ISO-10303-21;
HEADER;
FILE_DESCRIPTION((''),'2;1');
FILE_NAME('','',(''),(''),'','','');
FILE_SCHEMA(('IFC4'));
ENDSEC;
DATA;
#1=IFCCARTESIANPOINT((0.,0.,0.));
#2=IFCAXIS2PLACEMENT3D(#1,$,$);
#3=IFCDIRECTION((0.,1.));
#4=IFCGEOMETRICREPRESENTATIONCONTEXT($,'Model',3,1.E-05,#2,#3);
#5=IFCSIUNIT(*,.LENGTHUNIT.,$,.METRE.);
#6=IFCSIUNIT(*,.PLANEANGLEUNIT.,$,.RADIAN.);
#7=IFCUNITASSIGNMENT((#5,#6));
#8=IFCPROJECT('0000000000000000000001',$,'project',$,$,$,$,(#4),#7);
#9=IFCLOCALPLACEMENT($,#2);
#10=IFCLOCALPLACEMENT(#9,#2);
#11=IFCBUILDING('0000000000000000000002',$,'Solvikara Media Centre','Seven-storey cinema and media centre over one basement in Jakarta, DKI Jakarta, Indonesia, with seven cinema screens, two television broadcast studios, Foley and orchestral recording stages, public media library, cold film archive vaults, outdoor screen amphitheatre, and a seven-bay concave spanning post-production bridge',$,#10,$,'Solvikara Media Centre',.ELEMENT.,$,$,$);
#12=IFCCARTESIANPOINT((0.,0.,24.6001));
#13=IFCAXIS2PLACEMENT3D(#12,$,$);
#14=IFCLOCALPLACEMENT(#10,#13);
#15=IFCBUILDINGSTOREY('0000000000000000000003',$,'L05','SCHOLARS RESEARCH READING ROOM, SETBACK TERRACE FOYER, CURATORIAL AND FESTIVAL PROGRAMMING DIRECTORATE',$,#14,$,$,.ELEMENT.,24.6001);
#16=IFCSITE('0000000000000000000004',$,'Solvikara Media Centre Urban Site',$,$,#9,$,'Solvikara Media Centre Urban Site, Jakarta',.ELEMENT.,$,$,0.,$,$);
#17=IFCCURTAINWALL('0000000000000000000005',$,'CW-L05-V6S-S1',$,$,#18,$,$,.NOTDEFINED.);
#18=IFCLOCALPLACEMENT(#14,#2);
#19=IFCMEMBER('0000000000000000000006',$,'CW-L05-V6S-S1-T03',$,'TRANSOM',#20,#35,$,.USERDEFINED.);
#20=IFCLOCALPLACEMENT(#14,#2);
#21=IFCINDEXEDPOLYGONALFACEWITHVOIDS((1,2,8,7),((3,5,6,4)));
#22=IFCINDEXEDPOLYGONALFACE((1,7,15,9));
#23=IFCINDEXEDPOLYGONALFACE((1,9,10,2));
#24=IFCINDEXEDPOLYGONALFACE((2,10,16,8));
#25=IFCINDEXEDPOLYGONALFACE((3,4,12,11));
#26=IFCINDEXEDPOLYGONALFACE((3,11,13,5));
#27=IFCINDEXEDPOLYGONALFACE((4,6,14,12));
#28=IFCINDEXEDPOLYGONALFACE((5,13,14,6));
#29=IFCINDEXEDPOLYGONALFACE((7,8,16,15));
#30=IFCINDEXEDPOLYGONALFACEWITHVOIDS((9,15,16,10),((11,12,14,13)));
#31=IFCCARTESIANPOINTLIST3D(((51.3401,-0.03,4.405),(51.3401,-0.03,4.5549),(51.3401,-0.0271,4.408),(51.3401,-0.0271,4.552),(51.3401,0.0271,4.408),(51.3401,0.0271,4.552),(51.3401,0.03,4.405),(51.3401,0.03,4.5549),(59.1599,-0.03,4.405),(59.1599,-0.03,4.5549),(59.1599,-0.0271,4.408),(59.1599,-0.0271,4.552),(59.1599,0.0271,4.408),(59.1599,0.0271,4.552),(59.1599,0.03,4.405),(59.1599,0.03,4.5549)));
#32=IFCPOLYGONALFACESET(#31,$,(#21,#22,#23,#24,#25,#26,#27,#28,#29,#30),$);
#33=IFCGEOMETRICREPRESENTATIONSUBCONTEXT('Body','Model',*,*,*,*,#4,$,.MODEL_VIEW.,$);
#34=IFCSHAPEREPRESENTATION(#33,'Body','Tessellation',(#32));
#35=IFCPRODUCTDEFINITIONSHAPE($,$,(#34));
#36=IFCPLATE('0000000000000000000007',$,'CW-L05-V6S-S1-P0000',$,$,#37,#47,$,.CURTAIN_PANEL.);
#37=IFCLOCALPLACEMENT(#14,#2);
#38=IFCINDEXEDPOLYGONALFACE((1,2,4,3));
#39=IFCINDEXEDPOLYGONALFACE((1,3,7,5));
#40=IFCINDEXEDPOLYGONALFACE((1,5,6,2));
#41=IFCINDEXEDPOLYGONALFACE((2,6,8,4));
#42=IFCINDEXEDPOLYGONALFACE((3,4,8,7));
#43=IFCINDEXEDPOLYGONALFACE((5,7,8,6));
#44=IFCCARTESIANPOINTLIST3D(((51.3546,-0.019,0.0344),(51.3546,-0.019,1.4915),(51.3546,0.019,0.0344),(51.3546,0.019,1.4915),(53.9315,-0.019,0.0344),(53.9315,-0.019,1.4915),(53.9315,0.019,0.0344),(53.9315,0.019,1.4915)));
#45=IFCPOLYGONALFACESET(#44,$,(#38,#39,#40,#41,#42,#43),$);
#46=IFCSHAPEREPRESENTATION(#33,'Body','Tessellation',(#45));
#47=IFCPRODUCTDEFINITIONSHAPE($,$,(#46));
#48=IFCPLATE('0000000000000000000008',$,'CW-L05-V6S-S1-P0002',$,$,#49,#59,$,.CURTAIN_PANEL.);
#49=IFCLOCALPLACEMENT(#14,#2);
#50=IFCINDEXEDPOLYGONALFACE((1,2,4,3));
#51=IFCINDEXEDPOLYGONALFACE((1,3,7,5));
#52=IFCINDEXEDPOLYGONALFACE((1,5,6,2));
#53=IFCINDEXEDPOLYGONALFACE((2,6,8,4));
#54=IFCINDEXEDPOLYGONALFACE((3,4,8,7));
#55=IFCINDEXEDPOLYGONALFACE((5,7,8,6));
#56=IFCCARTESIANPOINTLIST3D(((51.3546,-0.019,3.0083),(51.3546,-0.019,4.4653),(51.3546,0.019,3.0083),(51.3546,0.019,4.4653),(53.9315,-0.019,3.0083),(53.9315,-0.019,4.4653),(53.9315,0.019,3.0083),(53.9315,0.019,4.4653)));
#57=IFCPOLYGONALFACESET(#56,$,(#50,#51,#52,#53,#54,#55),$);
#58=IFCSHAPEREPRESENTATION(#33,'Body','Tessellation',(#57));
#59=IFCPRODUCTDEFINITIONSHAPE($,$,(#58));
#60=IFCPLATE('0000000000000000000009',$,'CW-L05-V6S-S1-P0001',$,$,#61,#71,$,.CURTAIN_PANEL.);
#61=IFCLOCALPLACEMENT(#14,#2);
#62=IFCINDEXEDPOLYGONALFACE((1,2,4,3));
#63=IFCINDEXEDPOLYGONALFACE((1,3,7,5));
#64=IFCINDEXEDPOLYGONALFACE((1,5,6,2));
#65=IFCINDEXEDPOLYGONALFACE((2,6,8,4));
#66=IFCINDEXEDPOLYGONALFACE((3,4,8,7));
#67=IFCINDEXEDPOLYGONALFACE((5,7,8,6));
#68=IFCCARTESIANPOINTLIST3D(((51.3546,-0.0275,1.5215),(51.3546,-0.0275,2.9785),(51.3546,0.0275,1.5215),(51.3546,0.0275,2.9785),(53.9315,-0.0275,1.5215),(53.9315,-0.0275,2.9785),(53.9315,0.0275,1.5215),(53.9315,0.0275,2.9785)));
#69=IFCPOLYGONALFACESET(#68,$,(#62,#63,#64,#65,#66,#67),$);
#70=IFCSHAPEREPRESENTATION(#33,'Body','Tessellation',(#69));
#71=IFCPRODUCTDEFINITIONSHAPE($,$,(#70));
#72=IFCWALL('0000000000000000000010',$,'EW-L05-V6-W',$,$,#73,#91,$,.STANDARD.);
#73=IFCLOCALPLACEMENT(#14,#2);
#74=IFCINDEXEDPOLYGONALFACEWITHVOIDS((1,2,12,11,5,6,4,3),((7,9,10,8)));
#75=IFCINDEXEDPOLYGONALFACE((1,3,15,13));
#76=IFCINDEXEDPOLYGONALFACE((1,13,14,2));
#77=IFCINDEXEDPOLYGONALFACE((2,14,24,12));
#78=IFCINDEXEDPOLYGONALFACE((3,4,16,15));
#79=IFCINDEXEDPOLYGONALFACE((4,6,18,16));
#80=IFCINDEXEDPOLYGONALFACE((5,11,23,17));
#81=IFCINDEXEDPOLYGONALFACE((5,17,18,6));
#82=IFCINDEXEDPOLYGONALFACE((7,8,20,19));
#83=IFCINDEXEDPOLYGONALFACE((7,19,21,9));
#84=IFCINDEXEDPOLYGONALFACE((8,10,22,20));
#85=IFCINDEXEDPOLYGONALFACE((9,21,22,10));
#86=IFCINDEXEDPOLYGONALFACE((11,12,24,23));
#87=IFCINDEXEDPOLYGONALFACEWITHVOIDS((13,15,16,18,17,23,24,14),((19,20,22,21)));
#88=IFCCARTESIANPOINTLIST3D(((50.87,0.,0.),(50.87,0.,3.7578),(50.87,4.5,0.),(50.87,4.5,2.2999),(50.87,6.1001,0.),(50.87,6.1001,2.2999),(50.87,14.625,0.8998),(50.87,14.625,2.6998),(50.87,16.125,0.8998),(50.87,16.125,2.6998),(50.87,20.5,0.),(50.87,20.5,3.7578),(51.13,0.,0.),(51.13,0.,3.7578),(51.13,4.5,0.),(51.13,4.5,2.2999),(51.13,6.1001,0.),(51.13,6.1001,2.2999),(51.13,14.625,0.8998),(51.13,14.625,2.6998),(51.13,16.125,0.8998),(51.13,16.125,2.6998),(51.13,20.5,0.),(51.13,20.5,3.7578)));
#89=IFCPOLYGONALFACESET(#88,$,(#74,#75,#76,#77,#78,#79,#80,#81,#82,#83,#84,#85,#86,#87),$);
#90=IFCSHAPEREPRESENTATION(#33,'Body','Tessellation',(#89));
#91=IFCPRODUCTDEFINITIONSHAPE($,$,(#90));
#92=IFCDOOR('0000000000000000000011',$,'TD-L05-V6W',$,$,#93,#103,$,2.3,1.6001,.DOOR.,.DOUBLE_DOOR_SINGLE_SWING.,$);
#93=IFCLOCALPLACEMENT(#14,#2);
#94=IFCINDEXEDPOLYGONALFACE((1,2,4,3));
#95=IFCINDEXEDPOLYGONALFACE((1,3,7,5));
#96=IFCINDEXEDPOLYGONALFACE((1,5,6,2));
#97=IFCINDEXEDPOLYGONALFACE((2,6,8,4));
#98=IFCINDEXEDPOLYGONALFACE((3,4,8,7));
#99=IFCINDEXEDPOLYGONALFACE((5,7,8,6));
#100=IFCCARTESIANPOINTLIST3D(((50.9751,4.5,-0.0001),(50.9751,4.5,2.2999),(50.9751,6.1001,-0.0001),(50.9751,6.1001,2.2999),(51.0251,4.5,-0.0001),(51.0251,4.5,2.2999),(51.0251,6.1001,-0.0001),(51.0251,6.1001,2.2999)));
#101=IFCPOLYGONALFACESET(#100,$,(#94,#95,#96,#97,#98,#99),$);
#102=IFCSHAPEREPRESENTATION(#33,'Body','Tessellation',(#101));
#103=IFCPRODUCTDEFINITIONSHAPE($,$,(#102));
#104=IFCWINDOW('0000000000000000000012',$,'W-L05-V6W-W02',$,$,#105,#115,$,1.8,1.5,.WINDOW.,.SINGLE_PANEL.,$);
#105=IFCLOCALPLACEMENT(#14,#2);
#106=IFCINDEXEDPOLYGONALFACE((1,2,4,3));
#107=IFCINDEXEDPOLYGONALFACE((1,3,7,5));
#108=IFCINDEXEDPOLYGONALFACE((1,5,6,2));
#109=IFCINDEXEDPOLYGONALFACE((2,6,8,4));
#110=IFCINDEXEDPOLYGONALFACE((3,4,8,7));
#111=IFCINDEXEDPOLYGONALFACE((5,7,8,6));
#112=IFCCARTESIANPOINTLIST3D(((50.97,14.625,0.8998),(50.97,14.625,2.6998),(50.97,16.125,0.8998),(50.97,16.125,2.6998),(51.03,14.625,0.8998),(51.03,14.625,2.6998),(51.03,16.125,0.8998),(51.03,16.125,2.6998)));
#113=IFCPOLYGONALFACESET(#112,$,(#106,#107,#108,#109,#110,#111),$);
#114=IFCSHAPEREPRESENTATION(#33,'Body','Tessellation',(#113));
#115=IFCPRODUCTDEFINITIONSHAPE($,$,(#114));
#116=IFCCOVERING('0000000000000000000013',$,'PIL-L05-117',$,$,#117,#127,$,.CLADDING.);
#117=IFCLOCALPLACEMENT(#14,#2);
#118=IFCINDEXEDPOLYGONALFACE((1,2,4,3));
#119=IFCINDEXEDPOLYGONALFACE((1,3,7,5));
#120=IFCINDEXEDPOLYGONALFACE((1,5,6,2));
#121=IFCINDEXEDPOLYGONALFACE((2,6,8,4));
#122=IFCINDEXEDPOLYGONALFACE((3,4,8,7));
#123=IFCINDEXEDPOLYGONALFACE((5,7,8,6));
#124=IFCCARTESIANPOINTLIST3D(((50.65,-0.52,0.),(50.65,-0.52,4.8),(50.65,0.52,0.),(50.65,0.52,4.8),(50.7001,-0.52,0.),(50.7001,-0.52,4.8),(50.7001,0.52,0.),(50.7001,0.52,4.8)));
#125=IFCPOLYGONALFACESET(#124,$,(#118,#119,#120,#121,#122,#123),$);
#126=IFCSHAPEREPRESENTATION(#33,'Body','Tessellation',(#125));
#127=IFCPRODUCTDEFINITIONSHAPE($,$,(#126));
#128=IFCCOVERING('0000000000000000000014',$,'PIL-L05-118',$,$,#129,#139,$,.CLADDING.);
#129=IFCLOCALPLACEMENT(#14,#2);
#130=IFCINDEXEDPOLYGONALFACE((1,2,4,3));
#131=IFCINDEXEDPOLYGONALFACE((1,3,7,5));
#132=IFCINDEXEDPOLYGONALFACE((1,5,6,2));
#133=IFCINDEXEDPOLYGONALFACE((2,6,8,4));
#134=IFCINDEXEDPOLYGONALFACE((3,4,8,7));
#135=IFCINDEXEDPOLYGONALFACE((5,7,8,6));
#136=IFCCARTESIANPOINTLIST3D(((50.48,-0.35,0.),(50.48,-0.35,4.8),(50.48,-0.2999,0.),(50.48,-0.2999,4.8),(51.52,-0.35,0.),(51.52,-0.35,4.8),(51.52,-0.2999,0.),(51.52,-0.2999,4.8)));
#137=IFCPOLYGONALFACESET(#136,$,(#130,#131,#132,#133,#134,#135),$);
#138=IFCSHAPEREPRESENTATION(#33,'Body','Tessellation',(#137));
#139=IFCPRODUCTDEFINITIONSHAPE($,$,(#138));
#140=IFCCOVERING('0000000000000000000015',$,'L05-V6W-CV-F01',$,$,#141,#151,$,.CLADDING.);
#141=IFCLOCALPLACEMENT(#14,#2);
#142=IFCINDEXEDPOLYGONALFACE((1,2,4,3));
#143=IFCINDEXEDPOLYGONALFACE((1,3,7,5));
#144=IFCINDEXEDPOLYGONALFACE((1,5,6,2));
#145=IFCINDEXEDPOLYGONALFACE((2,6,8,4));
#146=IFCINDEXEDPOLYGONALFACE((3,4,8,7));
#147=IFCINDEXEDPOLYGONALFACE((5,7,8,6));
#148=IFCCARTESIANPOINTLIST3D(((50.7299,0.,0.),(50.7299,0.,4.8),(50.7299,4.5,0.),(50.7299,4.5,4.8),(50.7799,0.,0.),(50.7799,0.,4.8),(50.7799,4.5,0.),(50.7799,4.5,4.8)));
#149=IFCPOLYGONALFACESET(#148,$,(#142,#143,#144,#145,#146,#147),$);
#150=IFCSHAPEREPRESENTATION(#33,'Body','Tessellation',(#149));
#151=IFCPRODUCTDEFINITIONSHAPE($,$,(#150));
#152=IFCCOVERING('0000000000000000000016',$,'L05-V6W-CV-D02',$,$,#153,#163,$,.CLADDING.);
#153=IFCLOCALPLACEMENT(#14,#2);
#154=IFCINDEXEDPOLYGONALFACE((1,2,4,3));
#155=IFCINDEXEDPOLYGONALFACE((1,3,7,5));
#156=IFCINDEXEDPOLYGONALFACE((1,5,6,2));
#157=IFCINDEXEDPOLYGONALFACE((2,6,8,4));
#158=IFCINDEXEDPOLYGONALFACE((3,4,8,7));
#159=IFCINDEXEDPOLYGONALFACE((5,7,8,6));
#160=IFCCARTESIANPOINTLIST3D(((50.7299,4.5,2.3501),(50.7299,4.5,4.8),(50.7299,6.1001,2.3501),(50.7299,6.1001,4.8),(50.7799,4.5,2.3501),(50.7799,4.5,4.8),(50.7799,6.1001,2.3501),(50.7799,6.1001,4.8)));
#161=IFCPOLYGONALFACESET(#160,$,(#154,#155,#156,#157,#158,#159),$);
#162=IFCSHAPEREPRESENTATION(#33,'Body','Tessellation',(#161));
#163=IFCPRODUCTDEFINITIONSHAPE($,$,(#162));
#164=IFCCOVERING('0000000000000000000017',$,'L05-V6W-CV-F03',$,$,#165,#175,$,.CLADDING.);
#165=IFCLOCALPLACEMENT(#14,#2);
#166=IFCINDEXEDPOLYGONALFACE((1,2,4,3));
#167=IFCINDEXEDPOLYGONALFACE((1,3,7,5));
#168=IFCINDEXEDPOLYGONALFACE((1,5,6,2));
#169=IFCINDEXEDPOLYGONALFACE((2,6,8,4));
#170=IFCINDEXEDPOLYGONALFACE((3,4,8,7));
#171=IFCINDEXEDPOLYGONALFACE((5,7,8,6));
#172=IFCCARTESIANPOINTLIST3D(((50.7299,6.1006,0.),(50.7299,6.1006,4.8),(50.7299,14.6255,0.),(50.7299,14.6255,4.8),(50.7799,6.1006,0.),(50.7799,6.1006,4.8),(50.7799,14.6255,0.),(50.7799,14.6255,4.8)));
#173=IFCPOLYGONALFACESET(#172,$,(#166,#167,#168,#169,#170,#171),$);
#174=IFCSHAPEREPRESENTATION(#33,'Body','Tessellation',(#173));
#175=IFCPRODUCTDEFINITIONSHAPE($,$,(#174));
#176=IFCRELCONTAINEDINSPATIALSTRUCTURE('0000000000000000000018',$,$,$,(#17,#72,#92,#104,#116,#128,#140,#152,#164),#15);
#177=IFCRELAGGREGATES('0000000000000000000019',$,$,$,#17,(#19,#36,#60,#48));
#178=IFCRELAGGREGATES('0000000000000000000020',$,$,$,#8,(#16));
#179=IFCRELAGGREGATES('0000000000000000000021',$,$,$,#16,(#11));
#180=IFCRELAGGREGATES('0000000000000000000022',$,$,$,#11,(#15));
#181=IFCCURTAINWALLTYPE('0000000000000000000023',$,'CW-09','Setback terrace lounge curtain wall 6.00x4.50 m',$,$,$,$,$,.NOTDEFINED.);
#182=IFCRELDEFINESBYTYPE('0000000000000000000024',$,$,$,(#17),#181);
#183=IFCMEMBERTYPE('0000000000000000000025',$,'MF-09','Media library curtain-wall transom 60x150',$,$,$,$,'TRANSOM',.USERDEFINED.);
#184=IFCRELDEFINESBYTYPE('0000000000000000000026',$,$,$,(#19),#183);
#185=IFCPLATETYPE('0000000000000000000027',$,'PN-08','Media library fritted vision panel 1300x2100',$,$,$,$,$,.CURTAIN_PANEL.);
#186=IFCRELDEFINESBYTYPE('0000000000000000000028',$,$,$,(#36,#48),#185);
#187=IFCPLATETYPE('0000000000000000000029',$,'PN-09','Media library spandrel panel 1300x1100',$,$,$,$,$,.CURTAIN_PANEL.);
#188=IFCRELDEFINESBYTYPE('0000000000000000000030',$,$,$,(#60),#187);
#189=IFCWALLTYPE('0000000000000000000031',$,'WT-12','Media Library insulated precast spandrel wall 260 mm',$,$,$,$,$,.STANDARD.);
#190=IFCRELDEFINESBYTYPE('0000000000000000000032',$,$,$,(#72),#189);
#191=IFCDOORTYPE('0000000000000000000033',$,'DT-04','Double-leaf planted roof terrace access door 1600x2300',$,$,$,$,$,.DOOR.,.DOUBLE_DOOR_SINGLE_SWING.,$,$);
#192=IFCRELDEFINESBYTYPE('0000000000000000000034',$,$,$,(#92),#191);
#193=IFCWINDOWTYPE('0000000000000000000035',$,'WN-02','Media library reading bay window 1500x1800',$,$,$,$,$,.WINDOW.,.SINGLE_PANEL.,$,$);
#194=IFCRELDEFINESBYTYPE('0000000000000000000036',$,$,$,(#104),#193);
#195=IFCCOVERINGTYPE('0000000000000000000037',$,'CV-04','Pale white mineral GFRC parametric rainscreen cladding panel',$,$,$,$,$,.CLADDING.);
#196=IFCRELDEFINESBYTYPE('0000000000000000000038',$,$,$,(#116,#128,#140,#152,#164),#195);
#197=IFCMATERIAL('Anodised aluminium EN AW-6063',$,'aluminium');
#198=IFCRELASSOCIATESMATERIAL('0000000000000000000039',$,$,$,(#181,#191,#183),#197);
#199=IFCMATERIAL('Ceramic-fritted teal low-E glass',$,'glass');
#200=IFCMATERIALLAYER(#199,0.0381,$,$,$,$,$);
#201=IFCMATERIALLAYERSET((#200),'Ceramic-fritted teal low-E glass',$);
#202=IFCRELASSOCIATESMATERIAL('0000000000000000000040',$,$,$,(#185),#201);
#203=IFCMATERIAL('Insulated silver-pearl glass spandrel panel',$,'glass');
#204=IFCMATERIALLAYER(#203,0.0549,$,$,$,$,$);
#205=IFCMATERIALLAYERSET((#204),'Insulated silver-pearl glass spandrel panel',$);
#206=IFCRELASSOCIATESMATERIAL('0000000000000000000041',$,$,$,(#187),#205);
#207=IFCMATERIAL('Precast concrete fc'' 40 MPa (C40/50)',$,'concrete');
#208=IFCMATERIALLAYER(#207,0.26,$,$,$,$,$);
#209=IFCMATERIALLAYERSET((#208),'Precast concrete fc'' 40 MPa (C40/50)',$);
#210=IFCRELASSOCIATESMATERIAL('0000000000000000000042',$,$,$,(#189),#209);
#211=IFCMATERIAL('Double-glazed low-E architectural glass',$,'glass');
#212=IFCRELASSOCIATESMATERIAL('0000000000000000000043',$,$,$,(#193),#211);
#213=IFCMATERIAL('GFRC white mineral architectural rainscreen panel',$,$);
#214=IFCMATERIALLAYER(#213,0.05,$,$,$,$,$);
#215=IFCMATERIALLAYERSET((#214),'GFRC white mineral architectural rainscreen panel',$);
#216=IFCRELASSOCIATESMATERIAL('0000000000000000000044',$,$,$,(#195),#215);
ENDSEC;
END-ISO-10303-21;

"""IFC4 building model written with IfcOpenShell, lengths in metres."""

from ifc_helpers import new_model, si_unit, direction, frame, frame_2d, origin, origin_2d, place, context, subcontext, project, spatial, rectangle, hollow_rectangle, extrude, material, layer, layer_set, material_profile, profile_set, type_object, element, fill, aggregate, save


model = new_model("IFC4")

# Units and contexts
model_context = context("Model", 3, precision=1e-05, world=origin(), true_north=direction((0.0, 1.0)))
body_context = subcontext(model_context, "Body", "Model", "MODEL_VIEW")
ifc_project = project(units=[si_unit("LENGTHUNIT", "METRE"), si_unit("PLANEANGLEUNIT", "RADIAN")], contexts=[model_context])

# Site, building, storey
site_placement = place(None, origin())
site = spatial("IfcSite", under=ifc_project, at=site_placement, Name="Solvikara Media Centre Urban Site", LongName="Solvikara Media Centre Urban Site, Jakarta", CompositionType="ELEMENT", RefElevation=0.0)
building_placement = place(site_placement, origin())
building = spatial("IfcBuilding", under=site, at=building_placement, Name="Solvikara Media Centre", Description="Seven-storey cinema and media centre over one basement in Jakarta, DKI Jakarta, Indonesia, with seven cinema screens, two television broadcast studios, Foley and orchestral recording stages, public media library, cold film archive vaults, outdoor screen amphitheatre, and a seven-bay concave spanning post-production bridge", LongName="Solvikara Media Centre", CompositionType="ELEMENT")
storey_placement = place(building_placement, frame((0.0, 0.0, 24.6001)))
storey = spatial("IfcBuildingStorey", under=building, at=storey_placement, Name="L05", Description="SCHOLARS RESEARCH READING ROOM, SETBACK TERRACE FOYER, CURATORIAL AND FESTIVAL PROGRAMMING DIRECTORATE", CompositionType="ELEMENT", Elevation=24.6001)

# Curtain wall, member, plates
ifc_material_1 = material(Name="Anodised aluminium EN AW-6063", Category="aluminium")
curtain_wall_type = type_object("IfcCurtainWallType", Name="CW-09", Description="Setback terrace lounge curtain wall 6.00x4.50 m", PredefinedType="NOTDEFINED", material=ifc_material_1)
curtain_wall_placement = place(storey_placement, origin())
curtain_wall = element("IfcCurtainWall", 1, at=curtain_wall_placement, inside=storey, type_object=curtain_wall_type, Name="CW-L05-V6S-S1", PredefinedType="NOTDEFINED")
ifc_material_profile_1 = material_profile(ifc_material_1, hollow_rectangle(XDim=0.0601, YDim=0.1499, WallThickness=0.0029, at=origin_2d()), Name="ALU-T 60x150x3")
ifc_profile_set_1 = profile_set([ifc_material_profile_1], Name="Anodised aluminium EN AW-6063")
member_type_1 = type_object("IfcMemberType", Name="MF-09", Description="Media library curtain-wall transom 60x150", ElementType="TRANSOM", PredefinedType="USERDEFINED", material=ifc_profile_set_1)
member_1_placement = place(storey_placement, frame((51.3401, 0.0, 4.48), z_axis=(1.0, 0.0, 0.0), x_axis=(0.0, 1.0, 0.0)))
member_1 = element("IfcMember", 2, at=member_1_placement, type_object=member_type_1, Name="CW-L05-V6S-S1-T03", ObjectType="TRANSOM", PredefinedType="USERDEFINED", context=body_context, shape_type="SweptSolid", body=[
    extrude(hollow_rectangle(XDim=0.0601, YDim=0.1499, WallThickness=0.0029, at=origin_2d()), origin(), (0.0, 0.0, 1.0), 7.8198),
])
ifc_material_2 = material(Name="Ceramic-fritted teal low-E glass", Category="glass")
ifc_layer_1 = layer(ifc_material_2, 0.0381)
ifc_layer_set_1 = layer_set([ifc_layer_1], Name="Ceramic-fritted teal low-E glass")
plate_type_1 = type_object("IfcPlateType", Name="PN-08", Description="Media library fritted vision panel 1300x2100", PredefinedType="CURTAIN_PANEL", material=ifc_layer_set_1)
plate_1_placement = place(storey_placement, frame((52.6431, 0.0, 0.0344), z_axis=(0.0, 0.0, 1.0), x_axis=(1.0, 0.0, 0.0)))
plate_1 = element("IfcPlate", 3, at=plate_1_placement, type_object=plate_type_1, Name="CW-L05-V6S-S1-P0000", PredefinedType="CURTAIN_PANEL", context=body_context, shape_type="SweptSolid", body=[
    extrude(rectangle(XDim=2.5769, YDim=0.0381, at=origin_2d()), origin(), (0.0, 0.0, 1.0), 1.457),
])
plate_2_placement = place(storey_placement, frame((52.6431, 0.0, 3.0083), z_axis=(0.0, 0.0, 1.0), x_axis=(1.0, 0.0, 0.0)))
plate_2 = element("IfcPlate", 4, at=plate_2_placement, type_object=plate_type_1, Name="CW-L05-V6S-S1-P0002", PredefinedType="CURTAIN_PANEL", context=body_context, shape_type="SweptSolid", body=[
    extrude(rectangle(XDim=2.5769, YDim=0.0381, at=origin_2d()), origin(), (0.0, 0.0, 1.0), 1.457),
])
ifc_material_3 = material(Name="Insulated silver-pearl glass spandrel panel", Category="glass")
ifc_layer_2 = layer(ifc_material_3, 0.0549)
ifc_layer_set_2 = layer_set([ifc_layer_2], Name="Insulated silver-pearl glass spandrel panel")
plate_type_2 = type_object("IfcPlateType", Name="PN-09", Description="Media library spandrel panel 1300x1100", PredefinedType="CURTAIN_PANEL", material=ifc_layer_set_2)
plate_3_placement = place(storey_placement, frame((52.6431, 0.0, 1.5215), z_axis=(0.0, 0.0, 1.0), x_axis=(1.0, 0.0, 0.0)))
plate_3 = element("IfcPlate", 5, at=plate_3_placement, type_object=plate_type_2, Name="CW-L05-V6S-S1-P0001", PredefinedType="CURTAIN_PANEL", context=body_context, shape_type="SweptSolid", body=[
    extrude(rectangle(XDim=2.5769, YDim=0.0549, at=origin_2d()), origin(), (0.0, 0.0, 1.0), 1.457),
])
aggregate(curtain_wall, [member_1, plate_1, plate_3, plate_2])

# Wall, openings, door, window
ifc_material_4 = material(Name="Precast concrete fc' 40 MPa (C40/50)", Category="concrete")
ifc_layer_3 = layer(ifc_material_4, 0.26)
ifc_layer_set_3 = layer_set([ifc_layer_3], Name="Precast concrete fc' 40 MPa (C40/50)")
wall_type = type_object("IfcWallType", Name="WT-12", Description="Media Library insulated precast spandrel wall 260 mm", PredefinedType="STANDARD", material=ifc_layer_set_3)
wall_placement = place(storey_placement, frame((51.0, 0.0, 0.0), z_axis=(0.0, 0.0, 1.0), x_axis=(0.0, 1.0, 0.0)))
wall = element("IfcWall", 6, at=wall_placement, inside=storey, type_object=wall_type, Name="EW-L05-V6-W", PredefinedType="STANDARD", context=body_context, shape_type="SweptSolid", body=[
    extrude(rectangle(XDim=20.5, YDim=0.26, at=frame_2d((10.25, 0.0))), origin(), (0.0, 0.0, 1.0), 3.7578),
])
opening_1_placement = place(wall_placement, frame((4.5, 0.0, 0.0)))
opening_1 = element("IfcOpeningElement", 7, at=opening_1_placement, cuts=wall, PredefinedType="OPENING", context=body_context, shape_type="SweptSolid", body=[
    extrude(rectangle(XDim=1.6001, YDim=2.3, at=frame_2d((0.8, 1.1499))), frame((0.0, 0.1421, 0.0), z_axis=(0.0, -1.0, 0.0), x_axis=(1.0, 0.0, 0.0)), (0.0, 0.0, 1.0), 0.2839),
])
opening_2_placement = place(wall_placement, frame((14.625, 0.0, 0.8999)))
opening_2 = element("IfcOpeningElement", 8, at=opening_2_placement, cuts=wall, PredefinedType="OPENING", context=body_context, shape_type="SweptSolid", body=[
    extrude(rectangle(XDim=1.5, YDim=1.8, at=frame_2d((0.75, 0.8999))), frame((0.0, 0.1421, 0.0), z_axis=(0.0, -1.0, 0.0), x_axis=(1.0, 0.0, 0.0)), (0.0, 0.0, 1.0), 0.2839),
])
door_type = type_object("IfcDoorType", Name="DT-04", Description="Double-leaf planted roof terrace access door 1600x2300", OperationType="DOUBLE_DOOR_SINGLE_SWING", PredefinedType="DOOR", material=ifc_material_1)
door_placement = place(opening_1_placement, origin())
door = element("IfcDoor", 9, at=door_placement, inside=storey, type_object=door_type, Name="TD-L05-V6W", OperationType="DOUBLE_DOOR_SINGLE_SWING", OverallHeight=2.3, OverallWidth=1.6001, PredefinedType="DOOR", context=body_context, shape_type="SweptSolid", body=[
    extrude(rectangle(XDim=1.6001, YDim=2.3, at=frame_2d((0.8, 1.1499))), frame((0.0, 0.0249, 0.0), z_axis=(0.0, -1.0, 0.0), x_axis=(1.0, 0.0, 0.0)), (0.0, 0.0, 1.0), 0.05),
])
fill(opening_1, door)
ifc_material_5 = material(Name="Double-glazed low-E architectural glass", Category="glass")
window_type = type_object("IfcWindowType", Name="WN-02", Description="Media library reading bay window 1500x1800", PartitioningType="SINGLE_PANEL", PredefinedType="WINDOW", material=ifc_material_5)
window_placement = place(opening_2_placement, origin())
window = element("IfcWindow", 10, at=window_placement, inside=storey, type_object=window_type, Name="W-L05-V6W-W02", OverallHeight=1.8, OverallWidth=1.5, PartitioningType="SINGLE_PANEL", PredefinedType="WINDOW", context=body_context, shape_type="SweptSolid", body=[
    extrude(rectangle(XDim=1.5, YDim=1.8, at=frame_2d((0.75, 0.8999))), frame((0.0, 0.03, 0.0), z_axis=(0.0, -1.0, 0.0), x_axis=(1.0, 0.0, 0.0)), (0.0, 0.0, 1.0), 0.0601),
])
fill(opening_2, window)

# Coverings
ifc_material_6 = material(Name="GFRC white mineral architectural rainscreen panel")
ifc_layer_4 = layer(ifc_material_6, 0.05)
ifc_layer_set_4 = layer_set([ifc_layer_4], Name="GFRC white mineral architectural rainscreen panel")
covering_type = type_object("IfcCoveringType", Name="CV-04", Description="Pale white mineral GFRC parametric rainscreen cladding panel", PredefinedType="CLADDING", material=ifc_layer_set_4)
for number, where, z_axis, x_axis, name in (
    (11, (50.675, 0.0, 0.0), (0.0, 0.0, 1.0), (0.0, -1.0, 0.0), "PIL-L05-117"),
    (12, (51.0, -0.325, 0.0), (0.0, 0.0, 1.0), (1.0, 0.0, 0.0), "PIL-L05-118"),
):
    element("IfcCovering", number, at=place(storey_placement, frame(where, z_axis=z_axis, x_axis=x_axis)), inside=storey, type_object=covering_type, Name=name, PredefinedType="CLADDING", context=body_context, shape_type="SweptSolid", body=[
        extrude(rectangle(XDim=1.04, YDim=0.05, at=origin_2d()), origin(), (0.0, 0.0, 1.0), 4.8),
    ])
covering_1_placement = place(storey_placement, frame((50.7549, 2.25, 0.0), z_axis=(0.0, 0.0, 1.0), x_axis=(0.0, 1.0, 0.0)))
element("IfcCovering", 13, at=covering_1_placement, inside=storey, type_object=covering_type, Name="L05-V6W-CV-F01", PredefinedType="CLADDING", context=body_context, shape_type="SweptSolid", body=[
    extrude(rectangle(XDim=4.5, YDim=0.05, at=origin_2d()), origin(), (0.0, 0.0, 1.0), 4.8),
])
covering_2_placement = place(storey_placement, frame((50.7549, 5.3, 2.3501), z_axis=(0.0, 0.0, 1.0), x_axis=(0.0, 1.0, 0.0)))
element("IfcCovering", 14, at=covering_2_placement, inside=storey, type_object=covering_type, Name="L05-V6W-CV-D02", PredefinedType="CLADDING", context=body_context, shape_type="SweptSolid", body=[
    extrude(rectangle(XDim=1.6001, YDim=0.05, at=origin_2d()), origin(), (0.0, 0.0, 1.0), 2.45),
])
covering_3_placement = place(storey_placement, frame((50.7549, 10.363, 0.0), z_axis=(0.0, 0.0, 1.0), x_axis=(0.0, 1.0, 0.0)))
element("IfcCovering", 15, at=covering_3_placement, inside=storey, type_object=covering_type, Name="L05-V6W-CV-F03", PredefinedType="CLADDING", context=body_context, shape_type="SweptSolid", body=[
    extrude(rectangle(XDim=8.5249, YDim=0.05, at=origin_2d()), origin(), (0.0, 0.0, 1.0), 4.8),
])

save(model, "model.ifc")
